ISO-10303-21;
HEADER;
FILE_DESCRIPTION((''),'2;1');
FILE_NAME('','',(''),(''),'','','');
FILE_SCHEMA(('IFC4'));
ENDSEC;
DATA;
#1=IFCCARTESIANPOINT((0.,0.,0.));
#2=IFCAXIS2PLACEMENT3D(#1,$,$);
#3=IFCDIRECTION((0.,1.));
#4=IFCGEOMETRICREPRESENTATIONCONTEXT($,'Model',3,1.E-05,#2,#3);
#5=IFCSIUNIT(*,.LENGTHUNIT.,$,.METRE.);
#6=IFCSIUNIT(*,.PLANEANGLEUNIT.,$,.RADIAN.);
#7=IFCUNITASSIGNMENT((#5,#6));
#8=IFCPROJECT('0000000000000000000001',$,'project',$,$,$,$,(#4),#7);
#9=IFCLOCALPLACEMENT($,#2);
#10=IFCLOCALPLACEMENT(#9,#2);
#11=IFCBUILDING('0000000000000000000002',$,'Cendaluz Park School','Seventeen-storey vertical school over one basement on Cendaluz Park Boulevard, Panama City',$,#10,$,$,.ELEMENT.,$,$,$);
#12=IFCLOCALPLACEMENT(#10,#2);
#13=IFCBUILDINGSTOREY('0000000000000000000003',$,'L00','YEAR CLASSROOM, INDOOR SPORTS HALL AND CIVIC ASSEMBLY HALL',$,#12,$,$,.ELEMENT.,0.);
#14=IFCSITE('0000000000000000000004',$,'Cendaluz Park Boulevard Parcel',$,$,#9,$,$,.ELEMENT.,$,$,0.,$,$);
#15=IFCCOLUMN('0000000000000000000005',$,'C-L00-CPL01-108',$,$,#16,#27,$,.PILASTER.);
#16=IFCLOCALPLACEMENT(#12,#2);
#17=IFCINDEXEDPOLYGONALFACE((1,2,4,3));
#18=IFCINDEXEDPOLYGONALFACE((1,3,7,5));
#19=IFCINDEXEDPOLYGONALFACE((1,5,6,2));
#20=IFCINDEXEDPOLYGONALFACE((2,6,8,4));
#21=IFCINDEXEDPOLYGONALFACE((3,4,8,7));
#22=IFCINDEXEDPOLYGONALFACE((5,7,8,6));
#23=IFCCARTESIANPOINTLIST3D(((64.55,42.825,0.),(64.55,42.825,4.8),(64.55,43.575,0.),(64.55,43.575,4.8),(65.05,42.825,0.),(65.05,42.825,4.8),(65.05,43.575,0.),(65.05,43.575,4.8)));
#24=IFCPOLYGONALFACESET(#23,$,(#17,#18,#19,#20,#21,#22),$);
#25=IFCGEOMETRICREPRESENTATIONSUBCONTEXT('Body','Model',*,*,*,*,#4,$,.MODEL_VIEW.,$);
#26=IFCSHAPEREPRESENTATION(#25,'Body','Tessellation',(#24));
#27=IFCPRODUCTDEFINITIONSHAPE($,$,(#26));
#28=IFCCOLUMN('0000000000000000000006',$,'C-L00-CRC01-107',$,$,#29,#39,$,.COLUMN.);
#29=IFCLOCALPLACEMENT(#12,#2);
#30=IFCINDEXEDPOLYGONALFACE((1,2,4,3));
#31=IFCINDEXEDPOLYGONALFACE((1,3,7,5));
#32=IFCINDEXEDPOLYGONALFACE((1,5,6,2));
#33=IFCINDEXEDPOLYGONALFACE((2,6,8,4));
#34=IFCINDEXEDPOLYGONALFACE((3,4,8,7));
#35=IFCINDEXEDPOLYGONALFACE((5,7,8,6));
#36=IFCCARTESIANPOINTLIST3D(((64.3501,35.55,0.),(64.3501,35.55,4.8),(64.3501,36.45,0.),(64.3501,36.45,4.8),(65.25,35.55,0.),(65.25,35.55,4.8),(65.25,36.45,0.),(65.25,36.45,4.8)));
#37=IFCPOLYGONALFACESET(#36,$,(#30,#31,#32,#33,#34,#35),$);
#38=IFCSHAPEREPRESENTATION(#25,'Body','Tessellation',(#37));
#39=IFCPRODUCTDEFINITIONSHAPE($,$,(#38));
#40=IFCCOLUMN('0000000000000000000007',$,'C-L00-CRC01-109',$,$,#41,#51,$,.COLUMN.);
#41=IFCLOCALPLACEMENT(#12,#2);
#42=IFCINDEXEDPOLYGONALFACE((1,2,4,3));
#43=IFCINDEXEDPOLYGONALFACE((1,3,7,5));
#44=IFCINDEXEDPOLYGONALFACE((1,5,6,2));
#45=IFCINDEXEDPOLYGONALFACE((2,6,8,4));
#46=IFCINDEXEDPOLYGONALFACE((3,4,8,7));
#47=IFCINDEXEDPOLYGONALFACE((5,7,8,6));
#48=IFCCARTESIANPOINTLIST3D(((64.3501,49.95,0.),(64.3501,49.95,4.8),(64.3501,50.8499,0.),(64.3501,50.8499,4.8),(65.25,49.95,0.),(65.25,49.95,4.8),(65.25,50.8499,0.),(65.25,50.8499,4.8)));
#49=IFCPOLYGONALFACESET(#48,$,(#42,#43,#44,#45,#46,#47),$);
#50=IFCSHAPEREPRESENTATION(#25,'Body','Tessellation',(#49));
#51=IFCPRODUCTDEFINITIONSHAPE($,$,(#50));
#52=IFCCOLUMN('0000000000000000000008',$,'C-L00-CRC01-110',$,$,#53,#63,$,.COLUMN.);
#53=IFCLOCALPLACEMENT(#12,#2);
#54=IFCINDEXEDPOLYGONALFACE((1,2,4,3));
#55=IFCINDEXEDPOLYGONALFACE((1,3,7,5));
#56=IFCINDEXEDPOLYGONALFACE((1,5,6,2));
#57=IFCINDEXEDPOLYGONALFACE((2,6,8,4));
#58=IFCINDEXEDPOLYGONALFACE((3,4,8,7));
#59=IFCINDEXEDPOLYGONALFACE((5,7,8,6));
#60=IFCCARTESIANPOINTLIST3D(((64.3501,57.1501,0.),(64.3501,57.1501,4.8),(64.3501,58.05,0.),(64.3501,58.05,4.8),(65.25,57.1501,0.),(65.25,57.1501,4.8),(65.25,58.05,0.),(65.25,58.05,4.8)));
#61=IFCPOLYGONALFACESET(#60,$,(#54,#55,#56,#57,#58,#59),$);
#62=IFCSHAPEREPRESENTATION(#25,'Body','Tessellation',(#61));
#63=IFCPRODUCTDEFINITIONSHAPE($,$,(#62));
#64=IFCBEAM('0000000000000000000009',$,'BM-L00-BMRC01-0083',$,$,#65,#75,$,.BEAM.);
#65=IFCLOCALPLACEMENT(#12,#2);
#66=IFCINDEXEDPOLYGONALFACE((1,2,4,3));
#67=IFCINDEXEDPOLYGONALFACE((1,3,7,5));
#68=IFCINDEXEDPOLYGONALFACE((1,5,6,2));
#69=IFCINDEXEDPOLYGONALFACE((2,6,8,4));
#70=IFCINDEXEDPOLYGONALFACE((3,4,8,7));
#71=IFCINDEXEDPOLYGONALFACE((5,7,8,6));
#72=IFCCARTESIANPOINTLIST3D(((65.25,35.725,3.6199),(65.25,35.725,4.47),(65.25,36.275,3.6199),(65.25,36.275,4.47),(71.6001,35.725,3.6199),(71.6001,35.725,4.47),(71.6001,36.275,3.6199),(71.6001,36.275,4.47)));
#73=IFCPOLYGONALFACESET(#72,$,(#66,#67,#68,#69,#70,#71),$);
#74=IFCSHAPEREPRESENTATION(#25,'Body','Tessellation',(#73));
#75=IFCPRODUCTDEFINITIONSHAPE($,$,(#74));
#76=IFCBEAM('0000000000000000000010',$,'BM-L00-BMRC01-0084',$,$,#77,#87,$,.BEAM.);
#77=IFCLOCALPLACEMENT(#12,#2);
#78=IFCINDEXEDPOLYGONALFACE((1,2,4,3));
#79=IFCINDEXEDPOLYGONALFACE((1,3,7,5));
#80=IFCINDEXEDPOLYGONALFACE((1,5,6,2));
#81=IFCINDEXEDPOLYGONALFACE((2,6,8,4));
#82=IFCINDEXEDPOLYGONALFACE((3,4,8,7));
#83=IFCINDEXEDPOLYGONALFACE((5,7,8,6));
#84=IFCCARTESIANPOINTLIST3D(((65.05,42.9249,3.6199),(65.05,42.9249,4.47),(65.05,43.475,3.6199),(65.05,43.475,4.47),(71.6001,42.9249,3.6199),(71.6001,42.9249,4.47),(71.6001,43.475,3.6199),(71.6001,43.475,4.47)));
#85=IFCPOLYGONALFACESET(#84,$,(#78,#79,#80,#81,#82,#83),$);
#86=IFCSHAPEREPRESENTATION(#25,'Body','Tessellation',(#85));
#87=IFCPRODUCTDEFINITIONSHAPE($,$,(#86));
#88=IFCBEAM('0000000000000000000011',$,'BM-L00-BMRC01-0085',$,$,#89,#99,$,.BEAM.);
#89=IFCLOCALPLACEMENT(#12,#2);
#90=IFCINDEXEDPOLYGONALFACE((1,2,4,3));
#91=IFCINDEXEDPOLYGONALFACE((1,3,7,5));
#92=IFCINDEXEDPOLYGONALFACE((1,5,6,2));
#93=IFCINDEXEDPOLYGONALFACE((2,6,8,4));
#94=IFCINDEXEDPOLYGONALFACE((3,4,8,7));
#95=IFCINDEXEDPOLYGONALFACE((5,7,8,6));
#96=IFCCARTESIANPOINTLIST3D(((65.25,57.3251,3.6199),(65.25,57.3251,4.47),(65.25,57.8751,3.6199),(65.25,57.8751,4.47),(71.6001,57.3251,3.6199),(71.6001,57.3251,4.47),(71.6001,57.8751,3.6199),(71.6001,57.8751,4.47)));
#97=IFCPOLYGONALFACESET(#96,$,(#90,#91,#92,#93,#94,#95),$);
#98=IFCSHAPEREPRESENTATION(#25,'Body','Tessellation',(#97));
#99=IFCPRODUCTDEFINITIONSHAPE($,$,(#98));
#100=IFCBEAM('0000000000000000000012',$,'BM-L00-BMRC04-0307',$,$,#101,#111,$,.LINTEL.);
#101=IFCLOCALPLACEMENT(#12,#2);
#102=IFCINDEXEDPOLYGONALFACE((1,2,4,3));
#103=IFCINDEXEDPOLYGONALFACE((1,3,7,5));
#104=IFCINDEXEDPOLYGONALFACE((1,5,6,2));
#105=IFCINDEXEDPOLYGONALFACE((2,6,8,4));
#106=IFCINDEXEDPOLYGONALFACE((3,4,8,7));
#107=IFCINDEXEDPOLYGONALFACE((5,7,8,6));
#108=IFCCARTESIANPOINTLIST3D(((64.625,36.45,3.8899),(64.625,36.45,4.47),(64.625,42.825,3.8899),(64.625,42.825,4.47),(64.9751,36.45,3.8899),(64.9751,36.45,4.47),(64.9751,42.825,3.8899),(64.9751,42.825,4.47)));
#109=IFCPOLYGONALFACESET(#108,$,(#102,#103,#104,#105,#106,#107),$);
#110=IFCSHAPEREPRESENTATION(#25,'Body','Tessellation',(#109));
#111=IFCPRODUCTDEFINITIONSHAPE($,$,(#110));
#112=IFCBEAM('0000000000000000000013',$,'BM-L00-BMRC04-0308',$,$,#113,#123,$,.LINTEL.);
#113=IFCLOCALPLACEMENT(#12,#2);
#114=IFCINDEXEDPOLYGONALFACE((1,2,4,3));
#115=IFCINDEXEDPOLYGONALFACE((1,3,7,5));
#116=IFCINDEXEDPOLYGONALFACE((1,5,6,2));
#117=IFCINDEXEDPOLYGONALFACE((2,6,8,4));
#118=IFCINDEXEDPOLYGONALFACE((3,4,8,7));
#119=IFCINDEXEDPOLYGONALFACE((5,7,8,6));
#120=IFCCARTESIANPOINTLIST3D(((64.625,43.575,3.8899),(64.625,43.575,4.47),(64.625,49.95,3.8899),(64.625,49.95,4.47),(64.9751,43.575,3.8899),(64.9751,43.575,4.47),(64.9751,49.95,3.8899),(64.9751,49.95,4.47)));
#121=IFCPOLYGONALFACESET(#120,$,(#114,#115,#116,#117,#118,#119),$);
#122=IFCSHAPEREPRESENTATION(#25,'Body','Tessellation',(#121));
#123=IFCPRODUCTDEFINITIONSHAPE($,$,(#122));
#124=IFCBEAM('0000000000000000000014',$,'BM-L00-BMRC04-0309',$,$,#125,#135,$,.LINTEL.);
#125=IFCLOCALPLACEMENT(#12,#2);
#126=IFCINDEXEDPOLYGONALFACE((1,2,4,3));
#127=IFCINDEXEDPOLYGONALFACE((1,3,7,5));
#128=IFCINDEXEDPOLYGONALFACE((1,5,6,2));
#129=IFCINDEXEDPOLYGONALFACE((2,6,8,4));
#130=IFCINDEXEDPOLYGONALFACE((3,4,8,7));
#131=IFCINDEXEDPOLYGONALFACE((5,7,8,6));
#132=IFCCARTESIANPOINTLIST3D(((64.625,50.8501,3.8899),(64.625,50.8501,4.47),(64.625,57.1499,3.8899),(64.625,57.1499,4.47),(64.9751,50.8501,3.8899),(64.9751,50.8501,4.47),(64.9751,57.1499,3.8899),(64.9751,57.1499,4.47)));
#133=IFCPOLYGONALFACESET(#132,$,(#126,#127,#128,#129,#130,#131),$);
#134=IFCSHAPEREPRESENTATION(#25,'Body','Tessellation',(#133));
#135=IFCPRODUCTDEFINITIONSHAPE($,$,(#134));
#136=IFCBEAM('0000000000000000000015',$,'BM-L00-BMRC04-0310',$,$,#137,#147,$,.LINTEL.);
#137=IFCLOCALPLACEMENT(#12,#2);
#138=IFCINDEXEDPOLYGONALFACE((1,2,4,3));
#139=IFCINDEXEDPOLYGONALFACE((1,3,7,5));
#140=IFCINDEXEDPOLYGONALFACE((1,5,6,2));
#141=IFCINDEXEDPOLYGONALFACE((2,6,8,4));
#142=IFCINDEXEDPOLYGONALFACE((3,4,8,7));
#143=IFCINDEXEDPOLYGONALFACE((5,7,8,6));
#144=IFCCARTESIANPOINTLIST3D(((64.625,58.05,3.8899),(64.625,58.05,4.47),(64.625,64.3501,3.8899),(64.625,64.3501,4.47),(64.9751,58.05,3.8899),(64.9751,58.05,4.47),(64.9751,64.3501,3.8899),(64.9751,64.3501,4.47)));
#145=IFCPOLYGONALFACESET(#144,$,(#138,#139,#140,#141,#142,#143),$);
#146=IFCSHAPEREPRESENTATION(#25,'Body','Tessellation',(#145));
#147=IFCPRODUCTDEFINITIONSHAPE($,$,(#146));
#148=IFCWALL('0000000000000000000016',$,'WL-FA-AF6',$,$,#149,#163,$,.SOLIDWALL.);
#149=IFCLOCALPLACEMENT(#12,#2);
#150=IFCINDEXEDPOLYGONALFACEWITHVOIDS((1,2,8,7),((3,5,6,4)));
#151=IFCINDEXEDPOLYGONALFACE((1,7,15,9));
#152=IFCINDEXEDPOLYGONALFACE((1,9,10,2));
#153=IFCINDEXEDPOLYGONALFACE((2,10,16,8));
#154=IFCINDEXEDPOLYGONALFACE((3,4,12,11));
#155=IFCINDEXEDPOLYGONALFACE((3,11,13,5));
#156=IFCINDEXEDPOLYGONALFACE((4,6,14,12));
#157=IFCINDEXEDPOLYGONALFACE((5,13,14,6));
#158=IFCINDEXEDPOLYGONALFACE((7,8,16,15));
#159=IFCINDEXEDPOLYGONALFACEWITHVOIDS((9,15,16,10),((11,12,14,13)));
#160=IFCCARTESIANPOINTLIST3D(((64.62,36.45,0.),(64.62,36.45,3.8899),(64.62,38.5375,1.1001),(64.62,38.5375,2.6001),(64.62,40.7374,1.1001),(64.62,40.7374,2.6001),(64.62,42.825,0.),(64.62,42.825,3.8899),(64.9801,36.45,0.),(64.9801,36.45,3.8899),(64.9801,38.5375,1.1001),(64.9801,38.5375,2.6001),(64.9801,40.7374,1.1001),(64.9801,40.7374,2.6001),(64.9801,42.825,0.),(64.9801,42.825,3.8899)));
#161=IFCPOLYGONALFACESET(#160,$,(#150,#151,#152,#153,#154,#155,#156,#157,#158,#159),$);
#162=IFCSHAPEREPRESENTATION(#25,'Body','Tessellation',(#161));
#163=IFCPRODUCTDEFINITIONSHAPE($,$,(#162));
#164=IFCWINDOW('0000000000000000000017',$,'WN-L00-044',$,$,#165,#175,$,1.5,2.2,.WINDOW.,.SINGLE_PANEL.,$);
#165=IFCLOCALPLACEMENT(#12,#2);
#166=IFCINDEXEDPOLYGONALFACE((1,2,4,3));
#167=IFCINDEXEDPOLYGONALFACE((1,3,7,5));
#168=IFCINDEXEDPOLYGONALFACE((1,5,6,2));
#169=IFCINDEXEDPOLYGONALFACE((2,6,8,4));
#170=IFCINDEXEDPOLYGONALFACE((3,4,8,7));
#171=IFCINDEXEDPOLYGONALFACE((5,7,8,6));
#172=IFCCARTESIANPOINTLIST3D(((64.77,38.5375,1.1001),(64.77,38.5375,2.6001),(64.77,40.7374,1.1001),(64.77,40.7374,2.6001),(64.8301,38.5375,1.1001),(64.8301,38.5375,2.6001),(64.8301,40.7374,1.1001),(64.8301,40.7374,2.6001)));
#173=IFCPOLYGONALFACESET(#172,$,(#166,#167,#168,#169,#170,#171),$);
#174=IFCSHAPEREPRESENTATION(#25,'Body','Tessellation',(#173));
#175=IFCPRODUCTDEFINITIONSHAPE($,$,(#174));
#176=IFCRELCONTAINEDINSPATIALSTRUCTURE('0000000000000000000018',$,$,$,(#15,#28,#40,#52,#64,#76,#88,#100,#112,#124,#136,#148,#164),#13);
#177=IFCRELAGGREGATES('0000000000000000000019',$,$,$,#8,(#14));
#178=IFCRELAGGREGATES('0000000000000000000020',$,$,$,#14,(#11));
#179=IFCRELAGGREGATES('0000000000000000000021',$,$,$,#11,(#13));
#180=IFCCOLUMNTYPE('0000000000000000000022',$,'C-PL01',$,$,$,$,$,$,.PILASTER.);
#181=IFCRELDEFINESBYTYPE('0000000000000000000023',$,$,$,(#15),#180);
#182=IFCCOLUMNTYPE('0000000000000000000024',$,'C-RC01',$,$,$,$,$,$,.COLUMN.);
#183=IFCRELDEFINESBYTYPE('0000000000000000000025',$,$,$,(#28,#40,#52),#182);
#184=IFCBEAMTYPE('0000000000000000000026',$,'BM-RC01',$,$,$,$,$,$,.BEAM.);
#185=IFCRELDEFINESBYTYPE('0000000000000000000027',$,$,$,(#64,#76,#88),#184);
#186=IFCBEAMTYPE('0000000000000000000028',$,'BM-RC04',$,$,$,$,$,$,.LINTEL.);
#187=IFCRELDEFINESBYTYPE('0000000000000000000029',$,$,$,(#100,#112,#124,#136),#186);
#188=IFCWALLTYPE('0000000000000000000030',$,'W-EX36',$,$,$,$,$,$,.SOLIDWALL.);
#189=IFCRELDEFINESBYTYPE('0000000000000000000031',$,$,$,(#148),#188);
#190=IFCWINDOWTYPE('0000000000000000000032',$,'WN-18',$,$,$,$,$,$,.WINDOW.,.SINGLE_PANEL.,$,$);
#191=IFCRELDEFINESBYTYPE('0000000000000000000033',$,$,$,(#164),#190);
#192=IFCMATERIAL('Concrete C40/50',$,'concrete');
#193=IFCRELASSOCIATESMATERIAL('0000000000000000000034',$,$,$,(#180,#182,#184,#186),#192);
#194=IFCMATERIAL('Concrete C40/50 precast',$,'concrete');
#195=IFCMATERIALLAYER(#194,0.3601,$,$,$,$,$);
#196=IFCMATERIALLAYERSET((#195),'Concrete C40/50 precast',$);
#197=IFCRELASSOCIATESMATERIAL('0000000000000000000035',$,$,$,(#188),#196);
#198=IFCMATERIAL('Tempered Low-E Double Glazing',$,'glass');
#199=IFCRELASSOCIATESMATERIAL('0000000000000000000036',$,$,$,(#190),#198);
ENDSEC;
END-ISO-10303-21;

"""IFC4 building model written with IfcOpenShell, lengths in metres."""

from ifc_helpers import new_model, si_unit, direction, frame, frame_2d, origin, origin_2d, place, context, subcontext, project, spatial, rectangle, extrude, material, layer, layer_set, material_profile, profile_set, type_object, element, fill, save


model = new_model("IFC4")

# Units and contexts
model_context = context("Model", 3, precision=1e-05, world=origin(), true_north=direction((0.0, 1.0)))
body_context = subcontext(model_context, "Body", "Model", "MODEL_VIEW")
ifc_project = project(units=[si_unit("LENGTHUNIT", "METRE"), si_unit("PLANEANGLEUNIT", "RADIAN")], contexts=[model_context])

# Site, building, storey
site_placement = place(None, origin())
site = spatial("IfcSite", under=ifc_project, at=site_placement, Name="Cendaluz Park Boulevard Parcel", CompositionType="ELEMENT", RefElevation=0.0)
building_placement = place(site_placement, origin())
building = spatial("IfcBuilding", under=site, at=building_placement, Name="Cendaluz Park School", Description="Seventeen-storey vertical school over one basement on Cendaluz Park Boulevard, Panama City", CompositionType="ELEMENT")
storey_placement = place(building_placement, origin())
storey = spatial("IfcBuildingStorey", under=building, at=storey_placement, Name="L00", Description="YEAR CLASSROOM, INDOOR SPORTS HALL AND CIVIC ASSEMBLY HALL", CompositionType="ELEMENT", Elevation=0.0)

# Columns
ifc_material_1 = material(Name="Concrete C40/50", Category="concrete")
ifc_material_profile_1 = material_profile(ifc_material_1, rectangle(XDim=0.5, YDim=0.75, at=origin_2d()), Name="RC 500x750", Category="concrete")
ifc_profile_set_1 = profile_set([ifc_material_profile_1], Name="Concrete C40/50")
column_type_1 = type_object("IfcColumnType", Name="C-PL01", PredefinedType="PILASTER", material=ifc_profile_set_1)
column_placement = place(storey_placement, frame((64.8, 43.2, 0.0), z_axis=(0.0, 0.0, 1.0), x_axis=(1.0, 0.0, 0.0)))
element("IfcColumn", 1, at=column_placement, inside=storey, type_object=column_type_1, Name="C-L00-CPL01-108", PredefinedType="PILASTER", context=body_context, shape_type="SweptSolid", body=[
    extrude(rectangle(XDim=0.5, YDim=0.75, at=origin_2d()), origin(), (0.0, 0.0, 1.0), 4.8),
])
ifc_material_profile_2 = material_profile(ifc_material_1, rectangle(XDim=0.8999, YDim=0.8999, at=origin_2d()), Name="RC 900x900", Category="concrete")
ifc_profile_set_2 = profile_set([ifc_material_profile_2], Name="Concrete C40/50")
column_type_2 = type_object("IfcColumnType", Name="C-RC01", PredefinedType="COLUMN", material=ifc_profile_set_2)
for number, where, z_axis, x_axis, name in (
    (2, (64.8, 36.0, 0.0), (0.0, 0.0, 1.0), (1.0, 0.0, 0.0), "C-L00-CRC01-107"),
    (3, (64.8, 50.3999, 0.0), (0.0, 0.0, 1.0), (1.0, 0.0, 0.0), "C-L00-CRC01-109"),
    (4, (64.8, 57.6001, 0.0), (0.0, 0.0, 1.0), (1.0, 0.0, 0.0), "C-L00-CRC01-110"),
):
    element("IfcColumn", number, at=place(storey_placement, frame(where, z_axis=z_axis, x_axis=x_axis)), inside=storey, type_object=column_type_2, Name=name, PredefinedType="COLUMN", context=body_context, shape_type="SweptSolid", body=[
        extrude(rectangle(XDim=0.8999, YDim=0.8999, at=origin_2d()), origin(), (0.0, 0.0, 1.0), 4.8),
    ])

# Beams
ifc_material_profile_3 = material_profile(ifc_material_1, rectangle(XDim=0.55, YDim=0.8501, at=origin_2d()), Name="RC 550x850", Category="concrete")
ifc_profile_set_3 = profile_set([ifc_material_profile_3], Name="Concrete C40/50")
beam_type_1 = type_object("IfcBeamType", Name="BM-RC01", PredefinedType="BEAM", material=ifc_profile_set_3)
beam_1_placement = place(storey_placement, frame((65.25, 36.0, 4.0449), z_axis=(1.0, 0.0, 0.0), x_axis=(0.0, 1.0, 0.0)))
element("IfcBeam", 5, at=beam_1_placement, inside=storey, type_object=beam_type_1, Name="BM-L00-BMRC01-0083", PredefinedType="BEAM", context=body_context, shape_type="SweptSolid", body=[
    extrude(rectangle(XDim=0.55, YDim=0.8501, at=origin_2d()), origin(), (0.0, 0.0, 1.0), 6.3501),
])
beam_2_placement = place(storey_placement, frame((65.05, 43.2, 4.0449), z_axis=(1.0, 0.0, 0.0), x_axis=(0.0, 1.0, 0.0)))
element("IfcBeam", 6, at=beam_2_placement, inside=storey, type_object=beam_type_1, Name="BM-L00-BMRC01-0084", PredefinedType="BEAM", context=body_context, shape_type="SweptSolid", body=[
    extrude(rectangle(XDim=0.55, YDim=0.8501, at=origin_2d()), origin(), (0.0, 0.0, 1.0), 6.55),
])
beam_3_placement = place(storey_placement, frame((65.25, 57.6001, 4.0449), z_axis=(1.0, 0.0, 0.0), x_axis=(0.0, 1.0, 0.0)))
element("IfcBeam", 7, at=beam_3_placement, inside=storey, type_object=beam_type_1, Name="BM-L00-BMRC01-0085", PredefinedType="BEAM", context=body_context, shape_type="SweptSolid", body=[
    extrude(rectangle(XDim=0.55, YDim=0.8501, at=origin_2d()), origin(), (0.0, 0.0, 1.0), 6.3501),
])
ifc_material_profile_4 = material_profile(ifc_material_1, rectangle(XDim=0.3501, YDim=0.5801, at=origin_2d()), Name="RC 350x580", Category="concrete")
ifc_profile_set_4 = profile_set([ifc_material_profile_4], Name="Concrete C40/50")
beam_type_2 = type_object("IfcBeamType", Name="BM-RC04", PredefinedType="LINTEL", material=ifc_profile_set_4)
for number, where, z_axis, x_axis, name in (
    (8, (64.8, 36.45, 4.1799), (0.0, 1.0, 0.0), (-1.0, 0.0, 0.0), "BM-L00-BMRC04-0307"),
    (9, (64.8, 43.575, 4.1799), (0.0, 1.0, 0.0), (-1.0, 0.0, 0.0), "BM-L00-BMRC04-0308"),
):
    element("IfcBeam", number, at=place(storey_placement, frame(where, z_axis=z_axis, x_axis=x_axis)), inside=storey, type_object=beam_type_2, Name=name, PredefinedType="LINTEL", context=body_context, shape_type="SweptSolid", body=[
        extrude(rectangle(XDim=0.3501, YDim=0.5801, at=origin_2d()), origin(), (0.0, 0.0, 1.0), 6.375),
    ])
beam_4_placement = place(storey_placement, frame((64.8, 50.8501, 4.1799), z_axis=(0.0, 1.0, 0.0), x_axis=(-1.0, 0.0, 0.0)))
element("IfcBeam", 10, at=beam_4_placement, inside=storey, type_object=beam_type_2, Name="BM-L00-BMRC04-0309", PredefinedType="LINTEL", context=body_context, shape_type="SweptSolid", body=[
    extrude(rectangle(XDim=0.3501, YDim=0.5801, at=origin_2d()), origin(), (0.0, 0.0, 1.0), 6.2998),
])
beam_5_placement = place(storey_placement, frame((64.8, 58.05, 4.1799), z_axis=(0.0, 1.0, 0.0), x_axis=(-1.0, 0.0, 0.0)))
element("IfcBeam", 11, at=beam_5_placement, inside=storey, type_object=beam_type_2, Name="BM-L00-BMRC04-0310", PredefinedType="LINTEL", context=body_context, shape_type="SweptSolid", body=[
    extrude(rectangle(XDim=0.3501, YDim=0.5801, at=origin_2d()), origin(), (0.0, 0.0, 1.0), 6.3),
])

# Wall, opening, window
ifc_material_2 = material(Name="Concrete C40/50 precast", Category="concrete")
ifc_layer_1 = layer(ifc_material_2, 0.3601)
ifc_layer_set_1 = layer_set([ifc_layer_1], Name="Concrete C40/50 precast")
wall_type_1 = type_object("IfcWallType", Name="W-EX36", PredefinedType="SOLIDWALL", material=ifc_layer_set_1)
wall_1_placement = place(storey_placement, frame((64.8, 36.45, 0.0), z_axis=(0.0, 0.0, 1.0), x_axis=(0.0, 1.0, 0.0)))
wall_1 = element("IfcWall", 12, at=wall_1_placement, inside=storey, type_object=wall_type_1, Name="WL-FA-AF6", PredefinedType="SOLIDWALL", context=body_context, shape_type="SweptSolid", body=[
    extrude(rectangle(XDim=6.375, YDim=0.3601, at=frame_2d((3.1875, 0.0))), origin(), (0.0, 0.0, 1.0), 3.8899),
])
opening_1_placement = place(wall_1_placement, frame((2.0874, 0.0, 1.1001)))
opening_1 = element("IfcOpeningElement", 13, at=opening_1_placement, cuts=wall_1, PredefinedType="OPENING", context=body_context, shape_type="SweptSolid", body=[
    extrude(rectangle(XDim=2.2, YDim=1.5, at=frame_2d((1.1001, 0.75))), frame((0.0, 0.1921, 0.0), z_axis=(0.0, -1.0, 0.0), x_axis=(1.0, 0.0, 0.0)), (0.0, 0.0, 1.0), 0.384),
])
ifc_material_3 = material(Name="Tempered Low-E Double Glazing", Category="glass")
window_type_1 = type_object("IfcWindowType", Name="WN-18", PartitioningType="SINGLE_PANEL", PredefinedType="WINDOW", material=ifc_material_3)
window_1_placement = place(opening_1_placement, origin())
window_1 = element("IfcWindow", 14, at=window_1_placement, inside=storey, type_object=window_type_1, Name="WN-L00-044", OverallHeight=1.5, OverallWidth=2.2, PartitioningType="SINGLE_PANEL", PredefinedType="WINDOW", context=body_context, shape_type="SweptSolid", body=[
    extrude(rectangle(XDim=2.2, YDim=1.5, at=frame_2d((1.1001, 0.75))), frame((0.0, 0.03, 0.0), z_axis=(0.0, -1.0, 0.0), x_axis=(1.0, 0.0, 0.0)), (0.0, 0.0, 1.0), 0.0601),
])
fill(opening_1, window_1)

save(model, "model.ifc")
